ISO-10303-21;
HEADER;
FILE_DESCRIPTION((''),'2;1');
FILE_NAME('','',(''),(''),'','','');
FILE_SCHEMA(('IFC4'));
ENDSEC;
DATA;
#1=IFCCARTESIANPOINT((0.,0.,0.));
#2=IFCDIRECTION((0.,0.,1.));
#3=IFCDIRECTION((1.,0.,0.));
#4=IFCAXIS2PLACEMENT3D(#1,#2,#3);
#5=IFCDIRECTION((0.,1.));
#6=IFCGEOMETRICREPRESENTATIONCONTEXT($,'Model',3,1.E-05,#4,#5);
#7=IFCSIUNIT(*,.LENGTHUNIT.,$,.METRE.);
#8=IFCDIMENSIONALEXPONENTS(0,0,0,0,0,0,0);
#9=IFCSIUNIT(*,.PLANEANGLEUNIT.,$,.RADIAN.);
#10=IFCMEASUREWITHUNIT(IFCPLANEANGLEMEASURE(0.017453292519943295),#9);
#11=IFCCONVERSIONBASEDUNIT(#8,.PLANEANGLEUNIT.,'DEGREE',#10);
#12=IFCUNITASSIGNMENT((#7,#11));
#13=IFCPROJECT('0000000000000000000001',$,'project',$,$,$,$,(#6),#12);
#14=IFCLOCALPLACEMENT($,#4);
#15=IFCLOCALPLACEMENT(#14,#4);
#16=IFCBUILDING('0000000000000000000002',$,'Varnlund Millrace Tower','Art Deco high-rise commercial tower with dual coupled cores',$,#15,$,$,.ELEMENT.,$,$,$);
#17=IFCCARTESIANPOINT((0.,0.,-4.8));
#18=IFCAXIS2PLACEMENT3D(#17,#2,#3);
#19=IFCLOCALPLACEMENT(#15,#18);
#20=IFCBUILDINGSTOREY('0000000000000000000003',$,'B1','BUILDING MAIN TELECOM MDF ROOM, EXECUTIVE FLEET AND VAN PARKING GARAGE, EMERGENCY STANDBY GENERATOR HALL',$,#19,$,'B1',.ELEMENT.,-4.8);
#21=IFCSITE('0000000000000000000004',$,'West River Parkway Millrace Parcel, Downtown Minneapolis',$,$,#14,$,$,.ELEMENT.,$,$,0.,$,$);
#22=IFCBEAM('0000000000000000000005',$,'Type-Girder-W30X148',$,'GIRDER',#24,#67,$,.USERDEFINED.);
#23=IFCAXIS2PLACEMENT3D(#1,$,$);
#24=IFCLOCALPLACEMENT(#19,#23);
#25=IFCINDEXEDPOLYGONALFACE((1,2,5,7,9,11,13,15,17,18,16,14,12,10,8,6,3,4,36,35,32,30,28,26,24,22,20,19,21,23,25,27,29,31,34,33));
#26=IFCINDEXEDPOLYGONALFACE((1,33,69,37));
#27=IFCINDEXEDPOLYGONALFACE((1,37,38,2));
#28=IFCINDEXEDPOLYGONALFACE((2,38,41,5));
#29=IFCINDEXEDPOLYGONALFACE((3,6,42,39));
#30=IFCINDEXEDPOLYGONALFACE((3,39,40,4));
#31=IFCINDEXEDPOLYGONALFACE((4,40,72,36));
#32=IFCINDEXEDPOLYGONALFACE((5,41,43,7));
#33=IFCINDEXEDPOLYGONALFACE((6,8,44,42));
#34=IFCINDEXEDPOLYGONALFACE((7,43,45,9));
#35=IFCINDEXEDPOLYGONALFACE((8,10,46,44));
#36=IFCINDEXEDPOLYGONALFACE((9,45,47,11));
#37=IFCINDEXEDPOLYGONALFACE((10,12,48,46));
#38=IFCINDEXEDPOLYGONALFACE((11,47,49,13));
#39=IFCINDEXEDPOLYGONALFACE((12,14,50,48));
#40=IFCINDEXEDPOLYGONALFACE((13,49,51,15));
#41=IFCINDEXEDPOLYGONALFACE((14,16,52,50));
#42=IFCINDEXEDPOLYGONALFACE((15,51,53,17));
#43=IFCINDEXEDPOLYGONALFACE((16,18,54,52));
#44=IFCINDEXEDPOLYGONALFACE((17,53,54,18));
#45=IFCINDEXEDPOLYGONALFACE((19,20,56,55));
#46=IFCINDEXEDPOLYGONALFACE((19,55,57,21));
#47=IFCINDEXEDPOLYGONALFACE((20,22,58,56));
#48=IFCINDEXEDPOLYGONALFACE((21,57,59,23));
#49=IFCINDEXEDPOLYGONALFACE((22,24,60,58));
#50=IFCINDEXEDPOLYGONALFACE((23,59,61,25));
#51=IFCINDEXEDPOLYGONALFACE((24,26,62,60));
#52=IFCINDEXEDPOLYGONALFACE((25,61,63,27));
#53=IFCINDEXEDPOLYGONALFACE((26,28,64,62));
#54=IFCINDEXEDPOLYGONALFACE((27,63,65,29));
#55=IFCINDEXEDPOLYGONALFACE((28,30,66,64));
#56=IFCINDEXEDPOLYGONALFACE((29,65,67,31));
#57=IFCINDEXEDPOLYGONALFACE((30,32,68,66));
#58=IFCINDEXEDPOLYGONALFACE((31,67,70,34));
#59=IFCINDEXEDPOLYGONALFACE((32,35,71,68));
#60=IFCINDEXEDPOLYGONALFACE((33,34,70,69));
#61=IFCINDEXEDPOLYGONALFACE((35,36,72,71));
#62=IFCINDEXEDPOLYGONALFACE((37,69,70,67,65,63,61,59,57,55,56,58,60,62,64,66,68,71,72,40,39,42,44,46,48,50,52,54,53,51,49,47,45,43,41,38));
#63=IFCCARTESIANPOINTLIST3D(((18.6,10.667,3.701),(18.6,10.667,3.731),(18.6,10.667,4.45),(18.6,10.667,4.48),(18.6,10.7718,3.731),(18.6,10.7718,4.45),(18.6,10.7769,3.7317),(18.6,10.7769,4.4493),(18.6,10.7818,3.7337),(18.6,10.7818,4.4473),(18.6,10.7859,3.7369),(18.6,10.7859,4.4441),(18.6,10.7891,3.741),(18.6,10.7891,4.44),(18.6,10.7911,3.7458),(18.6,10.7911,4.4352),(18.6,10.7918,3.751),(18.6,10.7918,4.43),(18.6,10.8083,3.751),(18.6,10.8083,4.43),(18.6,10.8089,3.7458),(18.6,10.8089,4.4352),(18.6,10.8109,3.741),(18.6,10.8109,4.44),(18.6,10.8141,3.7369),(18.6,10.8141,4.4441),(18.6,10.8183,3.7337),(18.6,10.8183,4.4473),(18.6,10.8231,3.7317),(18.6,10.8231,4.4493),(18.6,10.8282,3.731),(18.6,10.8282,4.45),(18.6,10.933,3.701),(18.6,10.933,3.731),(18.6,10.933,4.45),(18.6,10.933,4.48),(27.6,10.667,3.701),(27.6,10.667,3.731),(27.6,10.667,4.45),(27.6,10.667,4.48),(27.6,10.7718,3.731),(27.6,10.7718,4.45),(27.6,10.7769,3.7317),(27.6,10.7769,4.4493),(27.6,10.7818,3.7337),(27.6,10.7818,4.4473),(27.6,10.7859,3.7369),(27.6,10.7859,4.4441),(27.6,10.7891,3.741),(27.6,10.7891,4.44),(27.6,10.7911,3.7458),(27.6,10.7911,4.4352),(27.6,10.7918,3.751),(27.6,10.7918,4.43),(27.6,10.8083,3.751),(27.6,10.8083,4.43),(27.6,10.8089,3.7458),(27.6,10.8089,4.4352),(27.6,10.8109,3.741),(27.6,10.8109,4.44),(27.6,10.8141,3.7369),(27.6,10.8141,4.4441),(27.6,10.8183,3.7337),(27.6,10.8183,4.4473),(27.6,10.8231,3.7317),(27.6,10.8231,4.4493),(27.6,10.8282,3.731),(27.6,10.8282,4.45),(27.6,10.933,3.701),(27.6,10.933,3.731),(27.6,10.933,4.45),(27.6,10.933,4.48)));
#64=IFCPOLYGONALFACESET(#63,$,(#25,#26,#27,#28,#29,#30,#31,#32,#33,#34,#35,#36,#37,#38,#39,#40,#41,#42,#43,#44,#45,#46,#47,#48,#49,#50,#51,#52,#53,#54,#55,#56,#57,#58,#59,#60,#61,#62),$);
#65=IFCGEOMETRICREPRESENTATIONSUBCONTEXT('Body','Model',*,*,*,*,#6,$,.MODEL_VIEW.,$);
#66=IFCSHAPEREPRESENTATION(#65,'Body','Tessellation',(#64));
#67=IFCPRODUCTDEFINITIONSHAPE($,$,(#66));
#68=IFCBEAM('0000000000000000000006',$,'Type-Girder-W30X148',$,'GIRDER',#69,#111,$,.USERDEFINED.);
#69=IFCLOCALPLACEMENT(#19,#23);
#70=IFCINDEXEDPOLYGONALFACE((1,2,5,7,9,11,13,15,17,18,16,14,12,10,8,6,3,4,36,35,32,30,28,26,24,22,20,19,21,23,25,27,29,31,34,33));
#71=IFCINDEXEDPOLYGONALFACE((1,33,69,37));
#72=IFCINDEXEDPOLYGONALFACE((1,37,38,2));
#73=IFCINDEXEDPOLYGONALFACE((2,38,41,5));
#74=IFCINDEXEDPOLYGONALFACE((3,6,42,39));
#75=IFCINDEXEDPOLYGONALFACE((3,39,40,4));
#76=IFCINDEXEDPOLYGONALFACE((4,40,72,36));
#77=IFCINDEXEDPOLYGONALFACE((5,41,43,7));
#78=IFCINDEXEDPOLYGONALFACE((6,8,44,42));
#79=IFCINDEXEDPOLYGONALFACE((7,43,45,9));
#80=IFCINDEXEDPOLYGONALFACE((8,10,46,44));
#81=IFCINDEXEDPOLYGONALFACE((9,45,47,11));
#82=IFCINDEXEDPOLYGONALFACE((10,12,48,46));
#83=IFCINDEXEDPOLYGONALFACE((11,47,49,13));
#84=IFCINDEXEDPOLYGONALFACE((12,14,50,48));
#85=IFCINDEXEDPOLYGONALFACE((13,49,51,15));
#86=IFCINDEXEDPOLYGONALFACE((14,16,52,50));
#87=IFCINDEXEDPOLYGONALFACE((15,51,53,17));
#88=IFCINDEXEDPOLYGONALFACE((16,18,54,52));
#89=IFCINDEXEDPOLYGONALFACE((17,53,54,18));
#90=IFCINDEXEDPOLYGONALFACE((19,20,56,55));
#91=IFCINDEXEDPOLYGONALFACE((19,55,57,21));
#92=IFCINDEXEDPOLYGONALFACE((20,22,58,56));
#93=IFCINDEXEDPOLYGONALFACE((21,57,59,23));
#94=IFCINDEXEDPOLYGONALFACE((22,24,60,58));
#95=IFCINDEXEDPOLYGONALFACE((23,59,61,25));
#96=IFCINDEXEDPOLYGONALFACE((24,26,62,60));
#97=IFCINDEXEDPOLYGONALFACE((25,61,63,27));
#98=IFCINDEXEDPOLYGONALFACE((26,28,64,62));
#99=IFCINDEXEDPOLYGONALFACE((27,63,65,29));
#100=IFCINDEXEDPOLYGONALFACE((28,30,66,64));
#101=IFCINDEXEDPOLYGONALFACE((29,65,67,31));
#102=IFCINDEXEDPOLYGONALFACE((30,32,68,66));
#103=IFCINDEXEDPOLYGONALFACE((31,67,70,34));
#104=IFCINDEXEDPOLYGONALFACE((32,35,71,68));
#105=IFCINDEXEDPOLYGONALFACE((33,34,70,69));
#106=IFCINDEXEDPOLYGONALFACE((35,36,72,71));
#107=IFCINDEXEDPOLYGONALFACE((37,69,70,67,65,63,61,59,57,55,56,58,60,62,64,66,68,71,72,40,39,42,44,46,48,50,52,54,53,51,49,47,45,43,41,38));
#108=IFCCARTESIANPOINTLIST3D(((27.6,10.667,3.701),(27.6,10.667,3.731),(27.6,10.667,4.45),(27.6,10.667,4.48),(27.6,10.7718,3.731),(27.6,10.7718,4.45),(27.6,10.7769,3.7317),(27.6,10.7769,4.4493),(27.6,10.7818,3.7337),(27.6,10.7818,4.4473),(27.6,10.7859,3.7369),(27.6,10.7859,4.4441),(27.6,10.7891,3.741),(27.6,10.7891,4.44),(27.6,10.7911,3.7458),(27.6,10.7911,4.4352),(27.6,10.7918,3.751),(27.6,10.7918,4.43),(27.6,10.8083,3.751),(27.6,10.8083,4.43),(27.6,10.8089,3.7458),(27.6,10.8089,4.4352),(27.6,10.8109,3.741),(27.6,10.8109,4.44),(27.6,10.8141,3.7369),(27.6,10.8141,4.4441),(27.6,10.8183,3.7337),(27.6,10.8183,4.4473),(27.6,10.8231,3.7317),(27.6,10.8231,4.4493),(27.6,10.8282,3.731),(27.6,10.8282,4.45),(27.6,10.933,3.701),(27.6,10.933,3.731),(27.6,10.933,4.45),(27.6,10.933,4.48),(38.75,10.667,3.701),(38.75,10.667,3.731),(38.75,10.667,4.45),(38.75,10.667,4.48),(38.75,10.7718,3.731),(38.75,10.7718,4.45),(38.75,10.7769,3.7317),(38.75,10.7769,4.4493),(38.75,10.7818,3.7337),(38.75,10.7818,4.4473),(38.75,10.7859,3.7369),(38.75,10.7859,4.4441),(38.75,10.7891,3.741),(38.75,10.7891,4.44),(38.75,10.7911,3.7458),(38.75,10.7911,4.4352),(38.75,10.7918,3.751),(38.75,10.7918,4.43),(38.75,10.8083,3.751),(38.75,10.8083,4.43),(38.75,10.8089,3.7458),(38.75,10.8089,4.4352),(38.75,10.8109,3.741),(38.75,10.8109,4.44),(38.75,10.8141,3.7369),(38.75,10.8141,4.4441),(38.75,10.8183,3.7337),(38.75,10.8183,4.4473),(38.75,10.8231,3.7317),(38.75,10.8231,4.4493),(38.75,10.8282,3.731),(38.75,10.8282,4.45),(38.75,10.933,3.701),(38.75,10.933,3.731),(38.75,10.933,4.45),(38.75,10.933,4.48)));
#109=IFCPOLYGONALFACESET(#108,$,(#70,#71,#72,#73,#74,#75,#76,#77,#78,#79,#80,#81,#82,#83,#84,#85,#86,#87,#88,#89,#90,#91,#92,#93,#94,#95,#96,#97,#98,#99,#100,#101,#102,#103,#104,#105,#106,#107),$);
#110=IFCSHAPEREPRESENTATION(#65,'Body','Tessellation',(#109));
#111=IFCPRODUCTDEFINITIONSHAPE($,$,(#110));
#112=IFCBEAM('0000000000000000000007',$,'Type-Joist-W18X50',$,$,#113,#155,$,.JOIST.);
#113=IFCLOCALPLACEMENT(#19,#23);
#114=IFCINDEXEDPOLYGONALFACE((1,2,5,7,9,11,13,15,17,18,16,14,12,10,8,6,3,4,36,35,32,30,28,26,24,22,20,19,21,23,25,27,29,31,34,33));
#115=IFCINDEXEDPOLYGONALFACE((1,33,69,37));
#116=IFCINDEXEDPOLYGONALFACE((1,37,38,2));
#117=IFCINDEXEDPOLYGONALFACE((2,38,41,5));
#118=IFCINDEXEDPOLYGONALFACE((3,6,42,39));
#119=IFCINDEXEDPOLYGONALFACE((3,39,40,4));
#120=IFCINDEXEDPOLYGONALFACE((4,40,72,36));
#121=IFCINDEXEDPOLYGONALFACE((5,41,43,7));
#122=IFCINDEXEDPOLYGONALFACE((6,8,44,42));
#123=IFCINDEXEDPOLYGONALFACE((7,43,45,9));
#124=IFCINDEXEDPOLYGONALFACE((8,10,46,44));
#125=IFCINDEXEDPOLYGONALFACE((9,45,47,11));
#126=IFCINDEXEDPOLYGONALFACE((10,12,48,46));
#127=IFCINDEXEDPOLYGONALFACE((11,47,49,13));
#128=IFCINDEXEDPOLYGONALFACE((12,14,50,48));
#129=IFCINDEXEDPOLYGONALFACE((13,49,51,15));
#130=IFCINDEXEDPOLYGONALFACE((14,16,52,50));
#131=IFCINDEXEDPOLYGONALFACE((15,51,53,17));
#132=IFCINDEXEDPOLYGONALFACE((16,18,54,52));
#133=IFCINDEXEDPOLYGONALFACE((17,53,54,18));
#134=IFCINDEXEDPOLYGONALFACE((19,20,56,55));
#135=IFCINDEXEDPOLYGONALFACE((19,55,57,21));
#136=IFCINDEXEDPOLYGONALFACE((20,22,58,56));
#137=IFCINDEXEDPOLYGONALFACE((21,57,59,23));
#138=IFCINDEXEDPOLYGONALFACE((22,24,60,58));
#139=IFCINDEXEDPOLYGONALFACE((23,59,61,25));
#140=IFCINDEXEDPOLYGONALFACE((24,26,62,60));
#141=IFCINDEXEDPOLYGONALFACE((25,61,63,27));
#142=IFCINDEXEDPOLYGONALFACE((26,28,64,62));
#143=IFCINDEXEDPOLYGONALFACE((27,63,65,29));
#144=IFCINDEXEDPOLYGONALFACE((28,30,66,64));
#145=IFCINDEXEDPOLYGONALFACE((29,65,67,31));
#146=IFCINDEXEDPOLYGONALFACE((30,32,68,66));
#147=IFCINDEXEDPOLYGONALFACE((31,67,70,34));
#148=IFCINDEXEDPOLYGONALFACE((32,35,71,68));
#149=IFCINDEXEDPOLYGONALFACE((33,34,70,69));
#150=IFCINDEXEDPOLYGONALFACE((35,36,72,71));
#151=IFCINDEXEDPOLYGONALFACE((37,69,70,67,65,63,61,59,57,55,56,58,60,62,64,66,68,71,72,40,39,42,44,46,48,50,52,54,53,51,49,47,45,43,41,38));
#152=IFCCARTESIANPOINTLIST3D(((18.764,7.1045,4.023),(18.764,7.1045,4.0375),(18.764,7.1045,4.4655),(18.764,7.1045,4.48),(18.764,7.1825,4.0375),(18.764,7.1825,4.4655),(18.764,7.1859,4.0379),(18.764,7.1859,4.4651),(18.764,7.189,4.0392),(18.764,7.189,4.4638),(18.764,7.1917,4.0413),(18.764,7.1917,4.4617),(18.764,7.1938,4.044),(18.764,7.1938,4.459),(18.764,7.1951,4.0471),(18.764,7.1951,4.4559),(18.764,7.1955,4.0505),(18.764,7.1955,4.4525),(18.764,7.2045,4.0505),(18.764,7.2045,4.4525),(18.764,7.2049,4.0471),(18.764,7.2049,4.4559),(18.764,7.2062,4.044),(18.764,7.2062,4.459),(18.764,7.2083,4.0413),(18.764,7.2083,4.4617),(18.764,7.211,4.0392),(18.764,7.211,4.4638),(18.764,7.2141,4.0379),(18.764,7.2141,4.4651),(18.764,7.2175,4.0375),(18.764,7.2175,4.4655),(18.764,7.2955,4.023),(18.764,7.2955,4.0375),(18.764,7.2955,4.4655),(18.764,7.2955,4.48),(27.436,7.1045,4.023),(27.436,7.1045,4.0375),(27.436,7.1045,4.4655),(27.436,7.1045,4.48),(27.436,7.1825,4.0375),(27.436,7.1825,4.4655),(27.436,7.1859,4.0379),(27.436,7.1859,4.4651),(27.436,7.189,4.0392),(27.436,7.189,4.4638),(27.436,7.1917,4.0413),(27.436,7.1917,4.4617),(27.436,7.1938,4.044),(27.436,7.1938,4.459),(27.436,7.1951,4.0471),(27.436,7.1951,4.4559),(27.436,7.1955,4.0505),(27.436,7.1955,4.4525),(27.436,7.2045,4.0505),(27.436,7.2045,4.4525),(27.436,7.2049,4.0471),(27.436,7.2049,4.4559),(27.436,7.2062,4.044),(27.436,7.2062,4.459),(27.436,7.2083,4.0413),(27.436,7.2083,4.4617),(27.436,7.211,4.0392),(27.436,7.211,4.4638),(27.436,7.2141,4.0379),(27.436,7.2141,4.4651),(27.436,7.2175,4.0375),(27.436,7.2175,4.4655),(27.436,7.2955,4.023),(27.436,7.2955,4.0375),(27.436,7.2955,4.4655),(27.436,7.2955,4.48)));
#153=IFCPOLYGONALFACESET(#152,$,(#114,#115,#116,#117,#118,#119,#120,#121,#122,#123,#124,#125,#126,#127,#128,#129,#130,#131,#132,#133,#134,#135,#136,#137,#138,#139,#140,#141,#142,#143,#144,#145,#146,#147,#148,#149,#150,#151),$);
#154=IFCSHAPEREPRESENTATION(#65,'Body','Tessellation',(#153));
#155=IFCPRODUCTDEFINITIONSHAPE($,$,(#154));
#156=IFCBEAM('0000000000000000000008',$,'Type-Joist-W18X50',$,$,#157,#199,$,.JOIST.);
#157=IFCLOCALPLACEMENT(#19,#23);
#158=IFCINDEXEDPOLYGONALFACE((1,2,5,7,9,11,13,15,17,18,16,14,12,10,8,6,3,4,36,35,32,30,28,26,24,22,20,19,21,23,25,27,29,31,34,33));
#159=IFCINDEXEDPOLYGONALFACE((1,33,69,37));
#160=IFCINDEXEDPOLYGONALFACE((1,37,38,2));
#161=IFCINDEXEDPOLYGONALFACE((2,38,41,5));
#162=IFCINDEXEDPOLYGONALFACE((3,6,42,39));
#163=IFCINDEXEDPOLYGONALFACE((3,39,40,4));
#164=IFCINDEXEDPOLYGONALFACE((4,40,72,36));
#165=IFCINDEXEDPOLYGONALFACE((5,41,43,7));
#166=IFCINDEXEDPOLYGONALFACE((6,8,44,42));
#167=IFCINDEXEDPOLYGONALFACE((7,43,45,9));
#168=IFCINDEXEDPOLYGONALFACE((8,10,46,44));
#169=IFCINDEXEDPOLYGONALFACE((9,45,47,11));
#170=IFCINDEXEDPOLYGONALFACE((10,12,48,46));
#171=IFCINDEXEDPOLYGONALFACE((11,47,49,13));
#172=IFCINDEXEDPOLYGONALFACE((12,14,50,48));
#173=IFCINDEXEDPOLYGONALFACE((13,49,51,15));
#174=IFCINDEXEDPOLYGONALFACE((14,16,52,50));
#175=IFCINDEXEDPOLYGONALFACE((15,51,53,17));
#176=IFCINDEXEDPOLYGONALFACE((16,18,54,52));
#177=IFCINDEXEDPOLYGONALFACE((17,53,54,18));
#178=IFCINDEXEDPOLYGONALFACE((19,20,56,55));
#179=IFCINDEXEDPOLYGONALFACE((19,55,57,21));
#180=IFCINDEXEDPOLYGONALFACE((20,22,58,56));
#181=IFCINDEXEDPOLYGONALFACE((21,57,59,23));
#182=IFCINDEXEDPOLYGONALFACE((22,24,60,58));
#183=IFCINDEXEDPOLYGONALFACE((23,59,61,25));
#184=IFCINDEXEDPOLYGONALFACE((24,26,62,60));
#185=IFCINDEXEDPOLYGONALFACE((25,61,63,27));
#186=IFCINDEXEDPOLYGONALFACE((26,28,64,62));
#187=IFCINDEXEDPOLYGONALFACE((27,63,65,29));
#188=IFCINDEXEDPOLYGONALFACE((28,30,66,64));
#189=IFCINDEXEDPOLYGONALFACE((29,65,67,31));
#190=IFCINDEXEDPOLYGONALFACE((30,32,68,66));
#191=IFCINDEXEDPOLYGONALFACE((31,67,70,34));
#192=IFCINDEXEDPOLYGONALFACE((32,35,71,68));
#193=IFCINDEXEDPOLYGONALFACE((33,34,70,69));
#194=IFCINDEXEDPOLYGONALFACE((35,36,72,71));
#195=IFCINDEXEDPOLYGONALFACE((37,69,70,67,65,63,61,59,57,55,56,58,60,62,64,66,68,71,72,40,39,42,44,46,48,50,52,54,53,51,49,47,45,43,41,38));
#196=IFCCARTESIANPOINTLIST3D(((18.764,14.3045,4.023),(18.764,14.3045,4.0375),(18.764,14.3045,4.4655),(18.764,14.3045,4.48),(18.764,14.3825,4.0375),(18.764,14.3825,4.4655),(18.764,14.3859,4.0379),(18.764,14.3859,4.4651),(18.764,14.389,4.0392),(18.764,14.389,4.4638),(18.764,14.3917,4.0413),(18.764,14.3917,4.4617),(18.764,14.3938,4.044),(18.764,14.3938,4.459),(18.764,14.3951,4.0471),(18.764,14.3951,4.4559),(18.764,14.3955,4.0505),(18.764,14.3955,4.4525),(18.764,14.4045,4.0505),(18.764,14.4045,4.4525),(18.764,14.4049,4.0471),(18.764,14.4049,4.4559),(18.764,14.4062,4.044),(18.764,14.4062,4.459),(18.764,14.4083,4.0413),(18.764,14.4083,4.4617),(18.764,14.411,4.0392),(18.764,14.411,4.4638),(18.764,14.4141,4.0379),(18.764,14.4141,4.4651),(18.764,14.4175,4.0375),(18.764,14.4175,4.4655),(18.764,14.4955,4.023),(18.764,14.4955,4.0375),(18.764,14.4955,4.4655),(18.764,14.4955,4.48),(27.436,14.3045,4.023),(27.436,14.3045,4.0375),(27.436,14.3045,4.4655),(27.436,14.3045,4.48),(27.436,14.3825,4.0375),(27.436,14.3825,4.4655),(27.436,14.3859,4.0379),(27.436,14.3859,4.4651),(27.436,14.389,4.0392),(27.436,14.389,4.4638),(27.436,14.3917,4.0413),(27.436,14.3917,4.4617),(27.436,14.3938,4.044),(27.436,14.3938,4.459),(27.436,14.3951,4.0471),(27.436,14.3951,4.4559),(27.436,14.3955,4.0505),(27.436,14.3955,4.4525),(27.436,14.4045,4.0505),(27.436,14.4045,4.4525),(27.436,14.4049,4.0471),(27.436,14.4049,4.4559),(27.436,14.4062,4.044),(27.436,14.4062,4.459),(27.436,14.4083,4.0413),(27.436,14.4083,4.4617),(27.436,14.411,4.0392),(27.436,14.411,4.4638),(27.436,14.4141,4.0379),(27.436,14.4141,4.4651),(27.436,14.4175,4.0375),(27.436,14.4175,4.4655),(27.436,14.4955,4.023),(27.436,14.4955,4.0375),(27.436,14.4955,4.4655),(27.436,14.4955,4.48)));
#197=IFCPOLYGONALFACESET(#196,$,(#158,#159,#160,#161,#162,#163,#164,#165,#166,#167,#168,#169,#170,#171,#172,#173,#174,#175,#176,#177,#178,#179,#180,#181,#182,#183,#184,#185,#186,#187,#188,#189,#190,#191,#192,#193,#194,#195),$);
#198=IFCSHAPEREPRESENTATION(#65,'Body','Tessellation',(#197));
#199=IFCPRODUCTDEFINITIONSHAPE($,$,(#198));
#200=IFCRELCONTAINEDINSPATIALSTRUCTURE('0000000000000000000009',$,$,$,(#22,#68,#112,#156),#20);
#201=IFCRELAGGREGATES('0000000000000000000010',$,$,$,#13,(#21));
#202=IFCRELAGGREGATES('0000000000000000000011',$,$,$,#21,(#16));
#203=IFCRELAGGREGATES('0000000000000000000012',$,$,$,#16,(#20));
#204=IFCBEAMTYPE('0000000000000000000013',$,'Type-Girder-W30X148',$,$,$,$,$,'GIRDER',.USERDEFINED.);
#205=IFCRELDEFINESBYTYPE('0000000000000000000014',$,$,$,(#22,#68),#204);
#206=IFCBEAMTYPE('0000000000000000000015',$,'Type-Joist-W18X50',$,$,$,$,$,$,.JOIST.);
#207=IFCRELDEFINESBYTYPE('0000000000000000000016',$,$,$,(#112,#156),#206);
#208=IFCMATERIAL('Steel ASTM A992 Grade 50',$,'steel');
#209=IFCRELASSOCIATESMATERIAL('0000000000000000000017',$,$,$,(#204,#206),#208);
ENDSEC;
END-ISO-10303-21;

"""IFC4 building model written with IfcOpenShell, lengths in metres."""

from ifc_helpers import new_model, entity, si_unit, converted_unit, direction, frame, origin_with_axes, origin_2d_with_axis, place, context, subcontext, project, spatial, i_section, extrude, material, material_profile, profile_set, type_object, element, save


model = new_model("IFC4")

# Units and contexts
model_context = context("Model", 3, precision=1e-05, world=origin_with_axes(), true_north=direction((0.0, 1.0)))
body_context = subcontext(model_context, "Body", "Model", "MODEL_VIEW")
ifc_project = project(units=[si_unit("LENGTHUNIT", "METRE"), converted_unit("PLANEANGLEUNIT", "DEGREE", entity("IfcPlaneAngleMeasure", 0.017453292519943295), si_unit("PLANEANGLEUNIT", "RADIAN"), dimensions=[0, 0, 0, 0, 0, 0, 0])], contexts=[model_context])

# Site, building, storey
site_placement = place(None, origin_with_axes())
site = spatial("IfcSite", under=ifc_project, at=site_placement, Name="West River Parkway Millrace Parcel, Downtown Minneapolis", CompositionType="ELEMENT", RefElevation=0.0)
building_placement = place(site_placement, origin_with_axes())
building = spatial("IfcBuilding", under=site, at=building_placement, Name="Varnlund Millrace Tower", Description="Art Deco high-rise commercial tower with dual coupled cores", CompositionType="ELEMENT")
storey_placement = place(building_placement, frame((0.0, 0.0, -4.8), z_axis=(0.0, 0.0, 1.0), x_axis=(1.0, 0.0, 0.0)))
storey = spatial("IfcBuildingStorey", under=building, at=storey_placement, Name="B1", Description="BUILDING MAIN TELECOM MDF ROOM, EXECUTIVE FLEET AND VAN PARKING GARAGE, EMERGENCY STANDBY GENERATOR HALL", LongName="B1", CompositionType="ELEMENT", Elevation=-4.8)

# Beams
ifc_material_1 = material(Name="Steel ASTM A992 Grade 50", Category="steel")
ifc_material_profile_1 = material_profile(ifc_material_1, i_section(OverallWidth=0.266, OverallDepth=0.779, WebThickness=0.0165, FlangeThickness=0.03, FilletRadius=0.02, at=origin_2d_with_axis()), Name="Steel ASTM A992 Grade 50")
ifc_profile_set_1 = profile_set([ifc_material_profile_1], Name="Steel ASTM A992 Grade 50")
beam_type_1 = type_object("IfcBeamType", Name="Type-Girder-W30X148", ElementType="GIRDER", PredefinedType="USERDEFINED", material=ifc_profile_set_1)
beam_1_placement = place(storey_placement, frame((18.6, 10.8, 4.0905), z_axis=(1.0, 0.0, 0.0), x_axis=(0.0, 1.0, 0.0)))
element("IfcBeam", 1, at=beam_1_placement, inside=storey, type_object=beam_type_1, Name="Type-Girder-W30X148", ObjectType="GIRDER", PredefinedType="USERDEFINED", context=body_context, shape_type="SweptSolid", body=[
    extrude(i_section(OverallWidth=0.266, OverallDepth=0.779, WebThickness=0.0165, FlangeThickness=0.03, FilletRadius=0.02, at=origin_2d_with_axis()), origin_with_axes(), (0.0, 0.0, 1.0), 9.0),
])
beam_2_placement = place(storey_placement, frame((27.6, 10.8, 4.0905), z_axis=(1.0, 0.0, 0.0), x_axis=(0.0, 1.0, 0.0)))
element("IfcBeam", 2, at=beam_2_placement, inside=storey, type_object=beam_type_1, Name="Type-Girder-W30X148", ObjectType="GIRDER", PredefinedType="USERDEFINED", context=body_context, shape_type="SweptSolid", body=[
    extrude(i_section(OverallWidth=0.266, OverallDepth=0.779, WebThickness=0.0165, FlangeThickness=0.03, FilletRadius=0.02, at=origin_2d_with_axis()), origin_with_axes(), (0.0, 0.0, 1.0), 11.15),
])
ifc_material_profile_2 = material_profile(ifc_material_1, i_section(OverallWidth=0.191, OverallDepth=0.457, WebThickness=0.009, FlangeThickness=0.0145, FilletRadius=0.013, at=origin_2d_with_axis()), Name="Steel ASTM A992 Grade 50")
ifc_profile_set_2 = profile_set([ifc_material_profile_2], Name="Steel ASTM A992 Grade 50")
beam_type_2 = type_object("IfcBeamType", Name="Type-Joist-W18X50", PredefinedType="JOIST", material=ifc_profile_set_2)
for number, where, z_axis, x_axis, name in (
    (3, (18.764, 7.2, 4.2515), (1.0, 0.0, 0.0), (0.0, 1.0, 0.0), "Type-Joist-W18X50"),
    (4, (18.764, 14.4, 4.2515), (1.0, 0.0, 0.0), (0.0, 1.0, 0.0), "Type-Joist-W18X50"),
):
    element("IfcBeam", number, at=place(storey_placement, frame(where, z_axis=z_axis, x_axis=x_axis)), inside=storey, type_object=beam_type_2, Name=name, PredefinedType="JOIST", context=body_context, shape_type="SweptSolid", body=[
        extrude(i_section(OverallWidth=0.191, OverallDepth=0.457, WebThickness=0.009, FlangeThickness=0.0145, FilletRadius=0.013, at=origin_2d_with_axis()), origin_with_axes(), (0.0, 0.0, 1.0), 8.672),
    ])

save(model, "model.ifc")
